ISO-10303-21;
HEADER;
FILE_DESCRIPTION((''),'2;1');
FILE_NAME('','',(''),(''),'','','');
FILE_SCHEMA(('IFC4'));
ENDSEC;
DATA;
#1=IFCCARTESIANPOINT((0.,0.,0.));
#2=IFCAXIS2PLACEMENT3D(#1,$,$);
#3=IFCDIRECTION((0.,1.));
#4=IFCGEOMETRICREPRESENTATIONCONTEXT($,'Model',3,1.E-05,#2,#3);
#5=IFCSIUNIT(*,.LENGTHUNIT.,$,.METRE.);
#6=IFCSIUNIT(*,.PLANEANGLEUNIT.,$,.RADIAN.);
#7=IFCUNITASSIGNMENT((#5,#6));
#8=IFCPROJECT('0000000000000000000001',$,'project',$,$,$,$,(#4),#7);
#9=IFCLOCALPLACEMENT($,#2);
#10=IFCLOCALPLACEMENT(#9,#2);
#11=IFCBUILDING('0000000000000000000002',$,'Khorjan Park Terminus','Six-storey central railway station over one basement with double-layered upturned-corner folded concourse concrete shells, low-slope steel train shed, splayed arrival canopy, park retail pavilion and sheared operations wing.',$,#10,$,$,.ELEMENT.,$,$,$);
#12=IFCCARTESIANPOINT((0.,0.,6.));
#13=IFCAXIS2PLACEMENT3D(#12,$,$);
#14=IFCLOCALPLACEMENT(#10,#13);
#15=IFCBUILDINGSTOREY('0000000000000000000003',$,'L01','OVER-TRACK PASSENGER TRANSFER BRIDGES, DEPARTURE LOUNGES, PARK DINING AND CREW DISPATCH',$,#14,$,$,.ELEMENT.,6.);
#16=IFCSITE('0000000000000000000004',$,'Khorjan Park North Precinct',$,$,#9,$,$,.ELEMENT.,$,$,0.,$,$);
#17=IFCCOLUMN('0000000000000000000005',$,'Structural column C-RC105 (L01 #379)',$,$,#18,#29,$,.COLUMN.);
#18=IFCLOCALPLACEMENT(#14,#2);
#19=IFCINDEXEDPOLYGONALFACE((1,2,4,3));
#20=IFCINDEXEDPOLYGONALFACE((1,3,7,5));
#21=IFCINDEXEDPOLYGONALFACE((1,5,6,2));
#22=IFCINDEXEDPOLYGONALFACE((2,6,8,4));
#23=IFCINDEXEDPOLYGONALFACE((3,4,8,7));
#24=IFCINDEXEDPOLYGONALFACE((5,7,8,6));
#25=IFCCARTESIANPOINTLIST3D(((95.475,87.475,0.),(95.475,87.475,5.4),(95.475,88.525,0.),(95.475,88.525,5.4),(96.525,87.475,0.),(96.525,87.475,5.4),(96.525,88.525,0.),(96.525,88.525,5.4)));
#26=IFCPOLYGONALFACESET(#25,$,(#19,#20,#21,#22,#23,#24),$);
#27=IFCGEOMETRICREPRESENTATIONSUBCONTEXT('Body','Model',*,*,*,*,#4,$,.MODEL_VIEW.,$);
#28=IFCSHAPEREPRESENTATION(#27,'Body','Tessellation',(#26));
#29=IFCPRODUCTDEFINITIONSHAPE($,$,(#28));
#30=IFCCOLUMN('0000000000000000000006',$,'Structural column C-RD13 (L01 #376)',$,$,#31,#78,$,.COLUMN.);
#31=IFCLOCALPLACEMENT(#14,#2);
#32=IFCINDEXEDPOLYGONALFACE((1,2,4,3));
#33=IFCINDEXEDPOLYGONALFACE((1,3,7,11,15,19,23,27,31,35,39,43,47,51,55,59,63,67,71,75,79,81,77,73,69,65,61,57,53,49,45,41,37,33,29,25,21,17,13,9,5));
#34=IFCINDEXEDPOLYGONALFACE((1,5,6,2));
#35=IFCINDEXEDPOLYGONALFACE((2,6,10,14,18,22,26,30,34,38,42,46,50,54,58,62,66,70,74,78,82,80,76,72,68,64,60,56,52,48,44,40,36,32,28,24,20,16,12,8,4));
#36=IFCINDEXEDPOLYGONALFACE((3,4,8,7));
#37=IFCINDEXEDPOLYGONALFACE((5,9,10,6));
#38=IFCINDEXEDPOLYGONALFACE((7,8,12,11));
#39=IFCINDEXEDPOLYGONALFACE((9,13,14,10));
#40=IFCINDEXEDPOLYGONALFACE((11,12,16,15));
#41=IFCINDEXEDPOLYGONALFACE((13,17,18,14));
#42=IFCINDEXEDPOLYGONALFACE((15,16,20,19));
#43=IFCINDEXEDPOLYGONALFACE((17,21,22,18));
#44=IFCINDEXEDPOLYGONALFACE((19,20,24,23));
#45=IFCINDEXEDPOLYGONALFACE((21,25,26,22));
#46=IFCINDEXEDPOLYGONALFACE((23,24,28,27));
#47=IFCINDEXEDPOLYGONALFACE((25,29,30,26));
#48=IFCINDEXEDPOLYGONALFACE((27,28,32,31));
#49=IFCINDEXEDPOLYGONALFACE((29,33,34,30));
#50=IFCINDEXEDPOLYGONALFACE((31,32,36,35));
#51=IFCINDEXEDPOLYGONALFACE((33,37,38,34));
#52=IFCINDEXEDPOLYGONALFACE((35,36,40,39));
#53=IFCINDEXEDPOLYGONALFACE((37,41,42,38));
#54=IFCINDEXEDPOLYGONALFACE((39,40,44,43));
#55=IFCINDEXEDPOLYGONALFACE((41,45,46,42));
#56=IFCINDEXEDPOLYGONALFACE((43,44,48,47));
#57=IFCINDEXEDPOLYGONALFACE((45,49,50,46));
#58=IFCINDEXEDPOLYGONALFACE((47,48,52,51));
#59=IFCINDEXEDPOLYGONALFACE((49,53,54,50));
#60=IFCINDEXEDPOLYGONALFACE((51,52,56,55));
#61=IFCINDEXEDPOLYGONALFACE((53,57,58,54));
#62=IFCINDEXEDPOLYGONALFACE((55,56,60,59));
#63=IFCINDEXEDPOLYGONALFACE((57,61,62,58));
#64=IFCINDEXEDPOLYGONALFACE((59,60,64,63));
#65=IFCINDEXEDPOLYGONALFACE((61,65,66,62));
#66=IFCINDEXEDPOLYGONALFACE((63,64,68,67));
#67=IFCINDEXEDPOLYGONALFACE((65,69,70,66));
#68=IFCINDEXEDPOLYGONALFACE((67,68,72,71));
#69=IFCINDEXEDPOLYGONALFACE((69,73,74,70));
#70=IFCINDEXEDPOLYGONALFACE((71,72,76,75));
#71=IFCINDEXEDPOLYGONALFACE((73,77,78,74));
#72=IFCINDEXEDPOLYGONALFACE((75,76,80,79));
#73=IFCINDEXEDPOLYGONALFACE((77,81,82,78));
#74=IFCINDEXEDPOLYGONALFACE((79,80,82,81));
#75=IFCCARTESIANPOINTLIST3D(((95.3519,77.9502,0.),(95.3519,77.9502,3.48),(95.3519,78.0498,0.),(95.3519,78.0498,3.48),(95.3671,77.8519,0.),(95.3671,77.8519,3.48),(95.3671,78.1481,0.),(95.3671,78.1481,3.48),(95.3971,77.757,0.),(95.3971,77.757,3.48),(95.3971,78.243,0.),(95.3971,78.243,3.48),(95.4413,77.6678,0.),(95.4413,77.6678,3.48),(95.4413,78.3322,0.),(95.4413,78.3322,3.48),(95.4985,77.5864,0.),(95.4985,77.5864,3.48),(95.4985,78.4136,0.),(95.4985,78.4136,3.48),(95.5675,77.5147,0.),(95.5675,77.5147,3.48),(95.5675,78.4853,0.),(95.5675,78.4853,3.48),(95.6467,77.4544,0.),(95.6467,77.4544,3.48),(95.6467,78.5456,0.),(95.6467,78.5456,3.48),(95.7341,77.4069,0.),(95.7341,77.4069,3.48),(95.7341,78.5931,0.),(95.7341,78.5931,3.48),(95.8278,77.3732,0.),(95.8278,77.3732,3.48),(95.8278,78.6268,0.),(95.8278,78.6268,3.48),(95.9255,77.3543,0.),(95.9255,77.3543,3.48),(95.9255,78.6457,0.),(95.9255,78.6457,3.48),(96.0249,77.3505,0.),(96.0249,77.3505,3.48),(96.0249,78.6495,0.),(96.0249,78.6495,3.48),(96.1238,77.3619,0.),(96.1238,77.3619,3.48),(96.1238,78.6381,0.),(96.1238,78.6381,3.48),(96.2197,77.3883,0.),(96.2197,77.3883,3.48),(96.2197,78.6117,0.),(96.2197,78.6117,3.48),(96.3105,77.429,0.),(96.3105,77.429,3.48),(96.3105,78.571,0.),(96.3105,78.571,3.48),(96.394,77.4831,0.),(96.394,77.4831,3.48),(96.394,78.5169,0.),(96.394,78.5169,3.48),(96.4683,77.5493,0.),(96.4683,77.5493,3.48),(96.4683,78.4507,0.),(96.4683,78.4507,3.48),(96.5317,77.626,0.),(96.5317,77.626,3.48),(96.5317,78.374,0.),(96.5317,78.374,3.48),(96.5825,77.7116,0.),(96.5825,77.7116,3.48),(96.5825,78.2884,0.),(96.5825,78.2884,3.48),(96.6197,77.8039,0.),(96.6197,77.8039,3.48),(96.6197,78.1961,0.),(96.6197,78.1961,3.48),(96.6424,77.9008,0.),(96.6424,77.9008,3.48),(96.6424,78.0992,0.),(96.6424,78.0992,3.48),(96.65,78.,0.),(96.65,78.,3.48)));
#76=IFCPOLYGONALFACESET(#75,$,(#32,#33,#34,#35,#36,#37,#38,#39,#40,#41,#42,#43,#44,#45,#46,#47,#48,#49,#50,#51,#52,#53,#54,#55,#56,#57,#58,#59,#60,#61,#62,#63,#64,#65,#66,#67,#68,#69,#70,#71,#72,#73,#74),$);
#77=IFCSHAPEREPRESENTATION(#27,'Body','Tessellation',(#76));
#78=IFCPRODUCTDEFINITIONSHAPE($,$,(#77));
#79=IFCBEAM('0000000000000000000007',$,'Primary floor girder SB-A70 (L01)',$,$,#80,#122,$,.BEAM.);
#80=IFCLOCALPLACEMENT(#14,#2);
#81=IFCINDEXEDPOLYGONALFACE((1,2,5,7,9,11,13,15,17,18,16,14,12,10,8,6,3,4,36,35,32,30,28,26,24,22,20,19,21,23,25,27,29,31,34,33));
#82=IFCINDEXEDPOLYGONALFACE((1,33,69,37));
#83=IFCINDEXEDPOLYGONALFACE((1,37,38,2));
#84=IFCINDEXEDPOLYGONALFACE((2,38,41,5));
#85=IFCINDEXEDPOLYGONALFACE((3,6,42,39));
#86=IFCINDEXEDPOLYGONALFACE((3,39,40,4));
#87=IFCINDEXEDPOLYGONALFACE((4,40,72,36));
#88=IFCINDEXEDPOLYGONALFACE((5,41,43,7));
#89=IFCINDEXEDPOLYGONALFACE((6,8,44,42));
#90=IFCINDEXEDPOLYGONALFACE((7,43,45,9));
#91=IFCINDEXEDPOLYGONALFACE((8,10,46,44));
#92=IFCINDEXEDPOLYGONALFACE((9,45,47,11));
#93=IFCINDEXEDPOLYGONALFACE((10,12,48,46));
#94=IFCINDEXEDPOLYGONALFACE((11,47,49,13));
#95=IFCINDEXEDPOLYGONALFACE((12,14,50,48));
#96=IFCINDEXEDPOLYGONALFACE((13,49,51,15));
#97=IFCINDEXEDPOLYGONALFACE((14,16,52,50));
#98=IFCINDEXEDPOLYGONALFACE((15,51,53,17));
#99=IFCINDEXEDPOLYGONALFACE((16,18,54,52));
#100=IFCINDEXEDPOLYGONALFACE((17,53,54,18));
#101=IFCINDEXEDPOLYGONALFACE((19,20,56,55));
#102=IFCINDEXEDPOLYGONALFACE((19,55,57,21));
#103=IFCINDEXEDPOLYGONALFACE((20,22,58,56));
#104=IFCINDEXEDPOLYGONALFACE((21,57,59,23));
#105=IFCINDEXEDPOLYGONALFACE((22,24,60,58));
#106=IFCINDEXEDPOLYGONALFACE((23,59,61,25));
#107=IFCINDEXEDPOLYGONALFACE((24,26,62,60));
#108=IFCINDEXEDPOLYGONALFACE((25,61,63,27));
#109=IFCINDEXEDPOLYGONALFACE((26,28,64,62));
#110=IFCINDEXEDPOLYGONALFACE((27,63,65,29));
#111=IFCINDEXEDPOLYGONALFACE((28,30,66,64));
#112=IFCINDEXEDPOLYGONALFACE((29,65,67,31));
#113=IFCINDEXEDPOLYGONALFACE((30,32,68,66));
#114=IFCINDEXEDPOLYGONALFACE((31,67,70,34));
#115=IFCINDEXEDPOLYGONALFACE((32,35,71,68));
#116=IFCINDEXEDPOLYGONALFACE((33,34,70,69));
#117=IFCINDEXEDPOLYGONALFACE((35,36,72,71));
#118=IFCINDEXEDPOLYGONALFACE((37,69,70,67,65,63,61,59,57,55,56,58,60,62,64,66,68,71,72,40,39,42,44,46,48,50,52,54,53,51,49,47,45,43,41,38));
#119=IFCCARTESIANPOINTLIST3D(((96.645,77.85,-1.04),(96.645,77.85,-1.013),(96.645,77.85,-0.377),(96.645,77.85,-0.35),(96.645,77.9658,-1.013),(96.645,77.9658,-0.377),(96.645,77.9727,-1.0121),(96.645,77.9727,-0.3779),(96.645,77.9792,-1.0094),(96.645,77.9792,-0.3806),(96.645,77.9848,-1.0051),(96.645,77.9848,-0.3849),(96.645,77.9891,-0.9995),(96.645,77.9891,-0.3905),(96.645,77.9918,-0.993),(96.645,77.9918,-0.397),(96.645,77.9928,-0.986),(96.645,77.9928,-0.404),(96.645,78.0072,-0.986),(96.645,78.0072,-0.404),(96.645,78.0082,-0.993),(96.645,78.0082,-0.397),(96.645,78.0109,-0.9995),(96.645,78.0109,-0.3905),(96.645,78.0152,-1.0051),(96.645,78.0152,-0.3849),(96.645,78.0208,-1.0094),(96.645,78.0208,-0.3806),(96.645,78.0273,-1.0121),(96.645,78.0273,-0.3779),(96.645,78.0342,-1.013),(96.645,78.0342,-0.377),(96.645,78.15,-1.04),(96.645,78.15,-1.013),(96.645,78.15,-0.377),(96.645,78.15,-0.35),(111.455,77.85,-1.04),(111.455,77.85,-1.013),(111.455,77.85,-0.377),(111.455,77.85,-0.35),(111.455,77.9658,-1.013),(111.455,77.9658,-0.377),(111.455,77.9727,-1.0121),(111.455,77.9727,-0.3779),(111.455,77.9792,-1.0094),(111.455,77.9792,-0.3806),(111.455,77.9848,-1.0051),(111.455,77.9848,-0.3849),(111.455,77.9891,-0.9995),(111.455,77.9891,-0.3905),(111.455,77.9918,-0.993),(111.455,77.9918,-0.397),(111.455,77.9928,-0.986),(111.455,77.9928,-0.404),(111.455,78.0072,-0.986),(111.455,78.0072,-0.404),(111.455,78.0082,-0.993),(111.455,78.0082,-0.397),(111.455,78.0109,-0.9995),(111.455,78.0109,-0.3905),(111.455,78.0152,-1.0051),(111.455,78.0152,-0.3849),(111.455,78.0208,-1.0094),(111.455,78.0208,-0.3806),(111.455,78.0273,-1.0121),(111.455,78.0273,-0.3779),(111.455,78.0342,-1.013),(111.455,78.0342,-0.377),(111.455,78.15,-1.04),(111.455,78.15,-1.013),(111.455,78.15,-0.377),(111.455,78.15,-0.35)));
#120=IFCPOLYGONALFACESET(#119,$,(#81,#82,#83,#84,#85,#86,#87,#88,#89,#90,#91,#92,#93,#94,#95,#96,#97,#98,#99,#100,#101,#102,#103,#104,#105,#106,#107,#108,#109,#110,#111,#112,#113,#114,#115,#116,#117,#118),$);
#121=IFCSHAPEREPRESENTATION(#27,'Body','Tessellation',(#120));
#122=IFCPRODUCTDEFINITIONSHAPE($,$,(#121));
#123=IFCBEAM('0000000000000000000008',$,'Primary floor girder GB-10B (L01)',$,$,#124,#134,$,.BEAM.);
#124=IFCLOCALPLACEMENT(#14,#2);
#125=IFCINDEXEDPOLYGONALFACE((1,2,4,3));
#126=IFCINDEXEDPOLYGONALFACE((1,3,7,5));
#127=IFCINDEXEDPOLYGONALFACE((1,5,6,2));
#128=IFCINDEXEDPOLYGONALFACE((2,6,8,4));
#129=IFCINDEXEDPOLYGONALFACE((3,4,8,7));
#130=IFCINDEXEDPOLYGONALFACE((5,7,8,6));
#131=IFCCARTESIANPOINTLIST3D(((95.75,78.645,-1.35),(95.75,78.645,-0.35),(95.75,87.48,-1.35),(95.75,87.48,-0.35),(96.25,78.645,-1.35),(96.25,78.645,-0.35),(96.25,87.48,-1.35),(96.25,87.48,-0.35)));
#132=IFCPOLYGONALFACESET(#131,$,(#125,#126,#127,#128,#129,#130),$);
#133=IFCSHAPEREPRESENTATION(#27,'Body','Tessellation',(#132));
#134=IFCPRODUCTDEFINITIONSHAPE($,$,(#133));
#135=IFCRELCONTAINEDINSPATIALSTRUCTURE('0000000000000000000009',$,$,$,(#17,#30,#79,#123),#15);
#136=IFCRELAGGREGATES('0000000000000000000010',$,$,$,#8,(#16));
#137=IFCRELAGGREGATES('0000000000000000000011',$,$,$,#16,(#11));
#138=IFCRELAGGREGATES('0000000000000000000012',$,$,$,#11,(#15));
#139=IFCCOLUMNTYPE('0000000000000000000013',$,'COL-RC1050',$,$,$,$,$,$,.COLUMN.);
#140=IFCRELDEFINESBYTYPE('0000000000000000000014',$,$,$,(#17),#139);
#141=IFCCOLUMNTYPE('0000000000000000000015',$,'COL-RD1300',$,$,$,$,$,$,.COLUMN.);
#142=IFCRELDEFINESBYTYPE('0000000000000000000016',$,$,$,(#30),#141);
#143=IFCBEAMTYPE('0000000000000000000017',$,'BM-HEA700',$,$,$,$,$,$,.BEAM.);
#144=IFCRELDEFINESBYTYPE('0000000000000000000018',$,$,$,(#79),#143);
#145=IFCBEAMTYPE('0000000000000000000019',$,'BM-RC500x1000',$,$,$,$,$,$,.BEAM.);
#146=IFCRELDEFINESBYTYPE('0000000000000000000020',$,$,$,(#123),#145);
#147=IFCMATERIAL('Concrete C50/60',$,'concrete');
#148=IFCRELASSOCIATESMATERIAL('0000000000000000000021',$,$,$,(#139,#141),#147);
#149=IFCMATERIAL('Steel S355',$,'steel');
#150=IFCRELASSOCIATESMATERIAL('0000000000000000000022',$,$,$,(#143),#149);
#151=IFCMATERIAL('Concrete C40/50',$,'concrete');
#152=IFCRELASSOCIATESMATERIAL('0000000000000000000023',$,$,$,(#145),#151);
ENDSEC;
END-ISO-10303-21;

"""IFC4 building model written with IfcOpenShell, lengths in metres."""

from ifc_helpers import new_model, si_unit, direction, frame, origin, origin_2d, place, context, subcontext, project, spatial, rectangle, circle, i_section, extrude, material, material_profile, profile_set, type_object, element, save


model = new_model("IFC4")

# Units and contexts
model_context = context("Model", 3, precision=1e-05, world=origin(), true_north=direction((0.0, 1.0)))
body_context = subcontext(model_context, "Body", "Model", "MODEL_VIEW")
ifc_project = project(units=[si_unit("LENGTHUNIT", "METRE"), si_unit("PLANEANGLEUNIT", "RADIAN")], contexts=[model_context])

# Site, building, storey
site_placement = place(None, origin())
site = spatial("IfcSite", under=ifc_project, at=site_placement, Name="Khorjan Park North Precinct", CompositionType="ELEMENT", RefElevation=0.0)
building_placement = place(site_placement, origin())
building = spatial("IfcBuilding", under=site, at=building_placement, Name="Khorjan Park Terminus", Description="Six-storey central railway station over one basement with double-layered upturned-corner folded concourse concrete shells, low-slope steel train shed, splayed arrival canopy, park retail pavilion and sheared operations wing.", CompositionType="ELEMENT")
storey_placement = place(building_placement, frame((0.0, 0.0, 6.0)))
storey = spatial("IfcBuildingStorey", under=building, at=storey_placement, Name="L01", Description="OVER-TRACK PASSENGER TRANSFER BRIDGES, DEPARTURE LOUNGES, PARK DINING AND CREW DISPATCH", CompositionType="ELEMENT", Elevation=6.0)

# Columns
ifc_material_1 = material(Name="Concrete C50/60", Category="concrete")
ifc_material_profile_1 = material_profile(ifc_material_1, rectangle(XDim=1.05, YDim=1.05, at=origin_2d()), Name="RC 1050x1050")
ifc_profile_set_1 = profile_set([ifc_material_profile_1], Name="Concrete C50/60")
column_type_1 = type_object("IfcColumnType", Name="COL-RC1050", PredefinedType="COLUMN", material=ifc_profile_set_1)
column_1_placement = place(storey_placement, frame((96.0, 88.0, 0.0), z_axis=(0.0, 0.0, 1.0), x_axis=(1.0, 0.0, 0.0)))
element("IfcColumn", 1, at=column_1_placement, inside=storey, type_object=column_type_1, Name="Structural column C-RC105 (L01 #379)", PredefinedType="COLUMN", context=body_context, shape_type="SweptSolid", body=[
    extrude(rectangle(XDim=1.05, YDim=1.05, at=origin_2d()), origin(), (0.0, 0.0, 1.0), 5.4),
])
ifc_material_profile_2 = material_profile(ifc_material_1, circle(Radius=0.65, at=origin_2d()), Name="RC D1300")
ifc_profile_set_2 = profile_set([ifc_material_profile_2], Name="Concrete C50/60")
column_type_2 = type_object("IfcColumnType", Name="COL-RD1300", PredefinedType="COLUMN", material=ifc_profile_set_2)
column_2_placement = place(storey_placement, frame((96.0, 78.0, 0.0), z_axis=(0.0, 0.0, 1.0), x_axis=(1.0, 0.0, 0.0)))
element("IfcColumn", 2, at=column_2_placement, inside=storey, type_object=column_type_2, Name="Structural column C-RD13 (L01 #376)", PredefinedType="COLUMN", context=body_context, shape_type="SweptSolid", body=[
    extrude(circle(Radius=0.65, at=origin_2d()), origin(), (0.0, 0.0, 1.0), 3.48),
])

# Beams
ifc_material_2 = material(Name="Steel S355", Category="steel")
ifc_material_profile_3 = material_profile(ifc_material_2, i_section(OverallWidth=0.3, OverallDepth=0.69, WebThickness=0.0145, FlangeThickness=0.027, FilletRadius=0.027, at=origin_2d()), Name="HEA 700")
ifc_profile_set_3 = profile_set([ifc_material_profile_3], Name="Steel S355")
beam_type_1 = type_object("IfcBeamType", Name="BM-HEA700", PredefinedType="BEAM", material=ifc_profile_set_3)
beam_1_placement = place(storey_placement, frame((96.645, 78.0, -0.695), z_axis=(1.0, 0.0, 0.0), x_axis=(0.0, 1.0, 0.0)))
element("IfcBeam", 3, at=beam_1_placement, inside=storey, type_object=beam_type_1, Name="Primary floor girder SB-A70 (L01)", PredefinedType="BEAM", context=body_context, shape_type="SweptSolid", body=[
    extrude(i_section(OverallWidth=0.3, OverallDepth=0.69, WebThickness=0.0145, FlangeThickness=0.027, FilletRadius=0.027, at=origin_2d()), origin(), (0.0, 0.0, 1.0), 14.81),
])
ifc_material_3 = material(Name="Concrete C40/50", Category="concrete")
ifc_material_profile_4 = material_profile(ifc_material_3, rectangle(XDim=0.5, YDim=1.0, at=origin_2d()), Name="RC 500x1000")
ifc_profile_set_4 = profile_set([ifc_material_profile_4], Name="Concrete C40/50")
beam_type_2 = type_object("IfcBeamType", Name="BM-RC500x1000", PredefinedType="BEAM", material=ifc_profile_set_4)
beam_2_placement = place(storey_placement, frame((96.0, 78.645, -0.85), z_axis=(0.0, 1.0, 0.0), x_axis=(-1.0, 0.0, 0.0)))
element("IfcBeam", 4, at=beam_2_placement, inside=storey, type_object=beam_type_2, Name="Primary floor girder GB-10B (L01)", PredefinedType="BEAM", context=body_context, shape_type="SweptSolid", body=[
    extrude(rectangle(XDim=0.5, YDim=1.0, at=origin_2d()), origin(), (0.0, 0.0, 1.0), 8.835),
])

save(model, "model.ifc")
